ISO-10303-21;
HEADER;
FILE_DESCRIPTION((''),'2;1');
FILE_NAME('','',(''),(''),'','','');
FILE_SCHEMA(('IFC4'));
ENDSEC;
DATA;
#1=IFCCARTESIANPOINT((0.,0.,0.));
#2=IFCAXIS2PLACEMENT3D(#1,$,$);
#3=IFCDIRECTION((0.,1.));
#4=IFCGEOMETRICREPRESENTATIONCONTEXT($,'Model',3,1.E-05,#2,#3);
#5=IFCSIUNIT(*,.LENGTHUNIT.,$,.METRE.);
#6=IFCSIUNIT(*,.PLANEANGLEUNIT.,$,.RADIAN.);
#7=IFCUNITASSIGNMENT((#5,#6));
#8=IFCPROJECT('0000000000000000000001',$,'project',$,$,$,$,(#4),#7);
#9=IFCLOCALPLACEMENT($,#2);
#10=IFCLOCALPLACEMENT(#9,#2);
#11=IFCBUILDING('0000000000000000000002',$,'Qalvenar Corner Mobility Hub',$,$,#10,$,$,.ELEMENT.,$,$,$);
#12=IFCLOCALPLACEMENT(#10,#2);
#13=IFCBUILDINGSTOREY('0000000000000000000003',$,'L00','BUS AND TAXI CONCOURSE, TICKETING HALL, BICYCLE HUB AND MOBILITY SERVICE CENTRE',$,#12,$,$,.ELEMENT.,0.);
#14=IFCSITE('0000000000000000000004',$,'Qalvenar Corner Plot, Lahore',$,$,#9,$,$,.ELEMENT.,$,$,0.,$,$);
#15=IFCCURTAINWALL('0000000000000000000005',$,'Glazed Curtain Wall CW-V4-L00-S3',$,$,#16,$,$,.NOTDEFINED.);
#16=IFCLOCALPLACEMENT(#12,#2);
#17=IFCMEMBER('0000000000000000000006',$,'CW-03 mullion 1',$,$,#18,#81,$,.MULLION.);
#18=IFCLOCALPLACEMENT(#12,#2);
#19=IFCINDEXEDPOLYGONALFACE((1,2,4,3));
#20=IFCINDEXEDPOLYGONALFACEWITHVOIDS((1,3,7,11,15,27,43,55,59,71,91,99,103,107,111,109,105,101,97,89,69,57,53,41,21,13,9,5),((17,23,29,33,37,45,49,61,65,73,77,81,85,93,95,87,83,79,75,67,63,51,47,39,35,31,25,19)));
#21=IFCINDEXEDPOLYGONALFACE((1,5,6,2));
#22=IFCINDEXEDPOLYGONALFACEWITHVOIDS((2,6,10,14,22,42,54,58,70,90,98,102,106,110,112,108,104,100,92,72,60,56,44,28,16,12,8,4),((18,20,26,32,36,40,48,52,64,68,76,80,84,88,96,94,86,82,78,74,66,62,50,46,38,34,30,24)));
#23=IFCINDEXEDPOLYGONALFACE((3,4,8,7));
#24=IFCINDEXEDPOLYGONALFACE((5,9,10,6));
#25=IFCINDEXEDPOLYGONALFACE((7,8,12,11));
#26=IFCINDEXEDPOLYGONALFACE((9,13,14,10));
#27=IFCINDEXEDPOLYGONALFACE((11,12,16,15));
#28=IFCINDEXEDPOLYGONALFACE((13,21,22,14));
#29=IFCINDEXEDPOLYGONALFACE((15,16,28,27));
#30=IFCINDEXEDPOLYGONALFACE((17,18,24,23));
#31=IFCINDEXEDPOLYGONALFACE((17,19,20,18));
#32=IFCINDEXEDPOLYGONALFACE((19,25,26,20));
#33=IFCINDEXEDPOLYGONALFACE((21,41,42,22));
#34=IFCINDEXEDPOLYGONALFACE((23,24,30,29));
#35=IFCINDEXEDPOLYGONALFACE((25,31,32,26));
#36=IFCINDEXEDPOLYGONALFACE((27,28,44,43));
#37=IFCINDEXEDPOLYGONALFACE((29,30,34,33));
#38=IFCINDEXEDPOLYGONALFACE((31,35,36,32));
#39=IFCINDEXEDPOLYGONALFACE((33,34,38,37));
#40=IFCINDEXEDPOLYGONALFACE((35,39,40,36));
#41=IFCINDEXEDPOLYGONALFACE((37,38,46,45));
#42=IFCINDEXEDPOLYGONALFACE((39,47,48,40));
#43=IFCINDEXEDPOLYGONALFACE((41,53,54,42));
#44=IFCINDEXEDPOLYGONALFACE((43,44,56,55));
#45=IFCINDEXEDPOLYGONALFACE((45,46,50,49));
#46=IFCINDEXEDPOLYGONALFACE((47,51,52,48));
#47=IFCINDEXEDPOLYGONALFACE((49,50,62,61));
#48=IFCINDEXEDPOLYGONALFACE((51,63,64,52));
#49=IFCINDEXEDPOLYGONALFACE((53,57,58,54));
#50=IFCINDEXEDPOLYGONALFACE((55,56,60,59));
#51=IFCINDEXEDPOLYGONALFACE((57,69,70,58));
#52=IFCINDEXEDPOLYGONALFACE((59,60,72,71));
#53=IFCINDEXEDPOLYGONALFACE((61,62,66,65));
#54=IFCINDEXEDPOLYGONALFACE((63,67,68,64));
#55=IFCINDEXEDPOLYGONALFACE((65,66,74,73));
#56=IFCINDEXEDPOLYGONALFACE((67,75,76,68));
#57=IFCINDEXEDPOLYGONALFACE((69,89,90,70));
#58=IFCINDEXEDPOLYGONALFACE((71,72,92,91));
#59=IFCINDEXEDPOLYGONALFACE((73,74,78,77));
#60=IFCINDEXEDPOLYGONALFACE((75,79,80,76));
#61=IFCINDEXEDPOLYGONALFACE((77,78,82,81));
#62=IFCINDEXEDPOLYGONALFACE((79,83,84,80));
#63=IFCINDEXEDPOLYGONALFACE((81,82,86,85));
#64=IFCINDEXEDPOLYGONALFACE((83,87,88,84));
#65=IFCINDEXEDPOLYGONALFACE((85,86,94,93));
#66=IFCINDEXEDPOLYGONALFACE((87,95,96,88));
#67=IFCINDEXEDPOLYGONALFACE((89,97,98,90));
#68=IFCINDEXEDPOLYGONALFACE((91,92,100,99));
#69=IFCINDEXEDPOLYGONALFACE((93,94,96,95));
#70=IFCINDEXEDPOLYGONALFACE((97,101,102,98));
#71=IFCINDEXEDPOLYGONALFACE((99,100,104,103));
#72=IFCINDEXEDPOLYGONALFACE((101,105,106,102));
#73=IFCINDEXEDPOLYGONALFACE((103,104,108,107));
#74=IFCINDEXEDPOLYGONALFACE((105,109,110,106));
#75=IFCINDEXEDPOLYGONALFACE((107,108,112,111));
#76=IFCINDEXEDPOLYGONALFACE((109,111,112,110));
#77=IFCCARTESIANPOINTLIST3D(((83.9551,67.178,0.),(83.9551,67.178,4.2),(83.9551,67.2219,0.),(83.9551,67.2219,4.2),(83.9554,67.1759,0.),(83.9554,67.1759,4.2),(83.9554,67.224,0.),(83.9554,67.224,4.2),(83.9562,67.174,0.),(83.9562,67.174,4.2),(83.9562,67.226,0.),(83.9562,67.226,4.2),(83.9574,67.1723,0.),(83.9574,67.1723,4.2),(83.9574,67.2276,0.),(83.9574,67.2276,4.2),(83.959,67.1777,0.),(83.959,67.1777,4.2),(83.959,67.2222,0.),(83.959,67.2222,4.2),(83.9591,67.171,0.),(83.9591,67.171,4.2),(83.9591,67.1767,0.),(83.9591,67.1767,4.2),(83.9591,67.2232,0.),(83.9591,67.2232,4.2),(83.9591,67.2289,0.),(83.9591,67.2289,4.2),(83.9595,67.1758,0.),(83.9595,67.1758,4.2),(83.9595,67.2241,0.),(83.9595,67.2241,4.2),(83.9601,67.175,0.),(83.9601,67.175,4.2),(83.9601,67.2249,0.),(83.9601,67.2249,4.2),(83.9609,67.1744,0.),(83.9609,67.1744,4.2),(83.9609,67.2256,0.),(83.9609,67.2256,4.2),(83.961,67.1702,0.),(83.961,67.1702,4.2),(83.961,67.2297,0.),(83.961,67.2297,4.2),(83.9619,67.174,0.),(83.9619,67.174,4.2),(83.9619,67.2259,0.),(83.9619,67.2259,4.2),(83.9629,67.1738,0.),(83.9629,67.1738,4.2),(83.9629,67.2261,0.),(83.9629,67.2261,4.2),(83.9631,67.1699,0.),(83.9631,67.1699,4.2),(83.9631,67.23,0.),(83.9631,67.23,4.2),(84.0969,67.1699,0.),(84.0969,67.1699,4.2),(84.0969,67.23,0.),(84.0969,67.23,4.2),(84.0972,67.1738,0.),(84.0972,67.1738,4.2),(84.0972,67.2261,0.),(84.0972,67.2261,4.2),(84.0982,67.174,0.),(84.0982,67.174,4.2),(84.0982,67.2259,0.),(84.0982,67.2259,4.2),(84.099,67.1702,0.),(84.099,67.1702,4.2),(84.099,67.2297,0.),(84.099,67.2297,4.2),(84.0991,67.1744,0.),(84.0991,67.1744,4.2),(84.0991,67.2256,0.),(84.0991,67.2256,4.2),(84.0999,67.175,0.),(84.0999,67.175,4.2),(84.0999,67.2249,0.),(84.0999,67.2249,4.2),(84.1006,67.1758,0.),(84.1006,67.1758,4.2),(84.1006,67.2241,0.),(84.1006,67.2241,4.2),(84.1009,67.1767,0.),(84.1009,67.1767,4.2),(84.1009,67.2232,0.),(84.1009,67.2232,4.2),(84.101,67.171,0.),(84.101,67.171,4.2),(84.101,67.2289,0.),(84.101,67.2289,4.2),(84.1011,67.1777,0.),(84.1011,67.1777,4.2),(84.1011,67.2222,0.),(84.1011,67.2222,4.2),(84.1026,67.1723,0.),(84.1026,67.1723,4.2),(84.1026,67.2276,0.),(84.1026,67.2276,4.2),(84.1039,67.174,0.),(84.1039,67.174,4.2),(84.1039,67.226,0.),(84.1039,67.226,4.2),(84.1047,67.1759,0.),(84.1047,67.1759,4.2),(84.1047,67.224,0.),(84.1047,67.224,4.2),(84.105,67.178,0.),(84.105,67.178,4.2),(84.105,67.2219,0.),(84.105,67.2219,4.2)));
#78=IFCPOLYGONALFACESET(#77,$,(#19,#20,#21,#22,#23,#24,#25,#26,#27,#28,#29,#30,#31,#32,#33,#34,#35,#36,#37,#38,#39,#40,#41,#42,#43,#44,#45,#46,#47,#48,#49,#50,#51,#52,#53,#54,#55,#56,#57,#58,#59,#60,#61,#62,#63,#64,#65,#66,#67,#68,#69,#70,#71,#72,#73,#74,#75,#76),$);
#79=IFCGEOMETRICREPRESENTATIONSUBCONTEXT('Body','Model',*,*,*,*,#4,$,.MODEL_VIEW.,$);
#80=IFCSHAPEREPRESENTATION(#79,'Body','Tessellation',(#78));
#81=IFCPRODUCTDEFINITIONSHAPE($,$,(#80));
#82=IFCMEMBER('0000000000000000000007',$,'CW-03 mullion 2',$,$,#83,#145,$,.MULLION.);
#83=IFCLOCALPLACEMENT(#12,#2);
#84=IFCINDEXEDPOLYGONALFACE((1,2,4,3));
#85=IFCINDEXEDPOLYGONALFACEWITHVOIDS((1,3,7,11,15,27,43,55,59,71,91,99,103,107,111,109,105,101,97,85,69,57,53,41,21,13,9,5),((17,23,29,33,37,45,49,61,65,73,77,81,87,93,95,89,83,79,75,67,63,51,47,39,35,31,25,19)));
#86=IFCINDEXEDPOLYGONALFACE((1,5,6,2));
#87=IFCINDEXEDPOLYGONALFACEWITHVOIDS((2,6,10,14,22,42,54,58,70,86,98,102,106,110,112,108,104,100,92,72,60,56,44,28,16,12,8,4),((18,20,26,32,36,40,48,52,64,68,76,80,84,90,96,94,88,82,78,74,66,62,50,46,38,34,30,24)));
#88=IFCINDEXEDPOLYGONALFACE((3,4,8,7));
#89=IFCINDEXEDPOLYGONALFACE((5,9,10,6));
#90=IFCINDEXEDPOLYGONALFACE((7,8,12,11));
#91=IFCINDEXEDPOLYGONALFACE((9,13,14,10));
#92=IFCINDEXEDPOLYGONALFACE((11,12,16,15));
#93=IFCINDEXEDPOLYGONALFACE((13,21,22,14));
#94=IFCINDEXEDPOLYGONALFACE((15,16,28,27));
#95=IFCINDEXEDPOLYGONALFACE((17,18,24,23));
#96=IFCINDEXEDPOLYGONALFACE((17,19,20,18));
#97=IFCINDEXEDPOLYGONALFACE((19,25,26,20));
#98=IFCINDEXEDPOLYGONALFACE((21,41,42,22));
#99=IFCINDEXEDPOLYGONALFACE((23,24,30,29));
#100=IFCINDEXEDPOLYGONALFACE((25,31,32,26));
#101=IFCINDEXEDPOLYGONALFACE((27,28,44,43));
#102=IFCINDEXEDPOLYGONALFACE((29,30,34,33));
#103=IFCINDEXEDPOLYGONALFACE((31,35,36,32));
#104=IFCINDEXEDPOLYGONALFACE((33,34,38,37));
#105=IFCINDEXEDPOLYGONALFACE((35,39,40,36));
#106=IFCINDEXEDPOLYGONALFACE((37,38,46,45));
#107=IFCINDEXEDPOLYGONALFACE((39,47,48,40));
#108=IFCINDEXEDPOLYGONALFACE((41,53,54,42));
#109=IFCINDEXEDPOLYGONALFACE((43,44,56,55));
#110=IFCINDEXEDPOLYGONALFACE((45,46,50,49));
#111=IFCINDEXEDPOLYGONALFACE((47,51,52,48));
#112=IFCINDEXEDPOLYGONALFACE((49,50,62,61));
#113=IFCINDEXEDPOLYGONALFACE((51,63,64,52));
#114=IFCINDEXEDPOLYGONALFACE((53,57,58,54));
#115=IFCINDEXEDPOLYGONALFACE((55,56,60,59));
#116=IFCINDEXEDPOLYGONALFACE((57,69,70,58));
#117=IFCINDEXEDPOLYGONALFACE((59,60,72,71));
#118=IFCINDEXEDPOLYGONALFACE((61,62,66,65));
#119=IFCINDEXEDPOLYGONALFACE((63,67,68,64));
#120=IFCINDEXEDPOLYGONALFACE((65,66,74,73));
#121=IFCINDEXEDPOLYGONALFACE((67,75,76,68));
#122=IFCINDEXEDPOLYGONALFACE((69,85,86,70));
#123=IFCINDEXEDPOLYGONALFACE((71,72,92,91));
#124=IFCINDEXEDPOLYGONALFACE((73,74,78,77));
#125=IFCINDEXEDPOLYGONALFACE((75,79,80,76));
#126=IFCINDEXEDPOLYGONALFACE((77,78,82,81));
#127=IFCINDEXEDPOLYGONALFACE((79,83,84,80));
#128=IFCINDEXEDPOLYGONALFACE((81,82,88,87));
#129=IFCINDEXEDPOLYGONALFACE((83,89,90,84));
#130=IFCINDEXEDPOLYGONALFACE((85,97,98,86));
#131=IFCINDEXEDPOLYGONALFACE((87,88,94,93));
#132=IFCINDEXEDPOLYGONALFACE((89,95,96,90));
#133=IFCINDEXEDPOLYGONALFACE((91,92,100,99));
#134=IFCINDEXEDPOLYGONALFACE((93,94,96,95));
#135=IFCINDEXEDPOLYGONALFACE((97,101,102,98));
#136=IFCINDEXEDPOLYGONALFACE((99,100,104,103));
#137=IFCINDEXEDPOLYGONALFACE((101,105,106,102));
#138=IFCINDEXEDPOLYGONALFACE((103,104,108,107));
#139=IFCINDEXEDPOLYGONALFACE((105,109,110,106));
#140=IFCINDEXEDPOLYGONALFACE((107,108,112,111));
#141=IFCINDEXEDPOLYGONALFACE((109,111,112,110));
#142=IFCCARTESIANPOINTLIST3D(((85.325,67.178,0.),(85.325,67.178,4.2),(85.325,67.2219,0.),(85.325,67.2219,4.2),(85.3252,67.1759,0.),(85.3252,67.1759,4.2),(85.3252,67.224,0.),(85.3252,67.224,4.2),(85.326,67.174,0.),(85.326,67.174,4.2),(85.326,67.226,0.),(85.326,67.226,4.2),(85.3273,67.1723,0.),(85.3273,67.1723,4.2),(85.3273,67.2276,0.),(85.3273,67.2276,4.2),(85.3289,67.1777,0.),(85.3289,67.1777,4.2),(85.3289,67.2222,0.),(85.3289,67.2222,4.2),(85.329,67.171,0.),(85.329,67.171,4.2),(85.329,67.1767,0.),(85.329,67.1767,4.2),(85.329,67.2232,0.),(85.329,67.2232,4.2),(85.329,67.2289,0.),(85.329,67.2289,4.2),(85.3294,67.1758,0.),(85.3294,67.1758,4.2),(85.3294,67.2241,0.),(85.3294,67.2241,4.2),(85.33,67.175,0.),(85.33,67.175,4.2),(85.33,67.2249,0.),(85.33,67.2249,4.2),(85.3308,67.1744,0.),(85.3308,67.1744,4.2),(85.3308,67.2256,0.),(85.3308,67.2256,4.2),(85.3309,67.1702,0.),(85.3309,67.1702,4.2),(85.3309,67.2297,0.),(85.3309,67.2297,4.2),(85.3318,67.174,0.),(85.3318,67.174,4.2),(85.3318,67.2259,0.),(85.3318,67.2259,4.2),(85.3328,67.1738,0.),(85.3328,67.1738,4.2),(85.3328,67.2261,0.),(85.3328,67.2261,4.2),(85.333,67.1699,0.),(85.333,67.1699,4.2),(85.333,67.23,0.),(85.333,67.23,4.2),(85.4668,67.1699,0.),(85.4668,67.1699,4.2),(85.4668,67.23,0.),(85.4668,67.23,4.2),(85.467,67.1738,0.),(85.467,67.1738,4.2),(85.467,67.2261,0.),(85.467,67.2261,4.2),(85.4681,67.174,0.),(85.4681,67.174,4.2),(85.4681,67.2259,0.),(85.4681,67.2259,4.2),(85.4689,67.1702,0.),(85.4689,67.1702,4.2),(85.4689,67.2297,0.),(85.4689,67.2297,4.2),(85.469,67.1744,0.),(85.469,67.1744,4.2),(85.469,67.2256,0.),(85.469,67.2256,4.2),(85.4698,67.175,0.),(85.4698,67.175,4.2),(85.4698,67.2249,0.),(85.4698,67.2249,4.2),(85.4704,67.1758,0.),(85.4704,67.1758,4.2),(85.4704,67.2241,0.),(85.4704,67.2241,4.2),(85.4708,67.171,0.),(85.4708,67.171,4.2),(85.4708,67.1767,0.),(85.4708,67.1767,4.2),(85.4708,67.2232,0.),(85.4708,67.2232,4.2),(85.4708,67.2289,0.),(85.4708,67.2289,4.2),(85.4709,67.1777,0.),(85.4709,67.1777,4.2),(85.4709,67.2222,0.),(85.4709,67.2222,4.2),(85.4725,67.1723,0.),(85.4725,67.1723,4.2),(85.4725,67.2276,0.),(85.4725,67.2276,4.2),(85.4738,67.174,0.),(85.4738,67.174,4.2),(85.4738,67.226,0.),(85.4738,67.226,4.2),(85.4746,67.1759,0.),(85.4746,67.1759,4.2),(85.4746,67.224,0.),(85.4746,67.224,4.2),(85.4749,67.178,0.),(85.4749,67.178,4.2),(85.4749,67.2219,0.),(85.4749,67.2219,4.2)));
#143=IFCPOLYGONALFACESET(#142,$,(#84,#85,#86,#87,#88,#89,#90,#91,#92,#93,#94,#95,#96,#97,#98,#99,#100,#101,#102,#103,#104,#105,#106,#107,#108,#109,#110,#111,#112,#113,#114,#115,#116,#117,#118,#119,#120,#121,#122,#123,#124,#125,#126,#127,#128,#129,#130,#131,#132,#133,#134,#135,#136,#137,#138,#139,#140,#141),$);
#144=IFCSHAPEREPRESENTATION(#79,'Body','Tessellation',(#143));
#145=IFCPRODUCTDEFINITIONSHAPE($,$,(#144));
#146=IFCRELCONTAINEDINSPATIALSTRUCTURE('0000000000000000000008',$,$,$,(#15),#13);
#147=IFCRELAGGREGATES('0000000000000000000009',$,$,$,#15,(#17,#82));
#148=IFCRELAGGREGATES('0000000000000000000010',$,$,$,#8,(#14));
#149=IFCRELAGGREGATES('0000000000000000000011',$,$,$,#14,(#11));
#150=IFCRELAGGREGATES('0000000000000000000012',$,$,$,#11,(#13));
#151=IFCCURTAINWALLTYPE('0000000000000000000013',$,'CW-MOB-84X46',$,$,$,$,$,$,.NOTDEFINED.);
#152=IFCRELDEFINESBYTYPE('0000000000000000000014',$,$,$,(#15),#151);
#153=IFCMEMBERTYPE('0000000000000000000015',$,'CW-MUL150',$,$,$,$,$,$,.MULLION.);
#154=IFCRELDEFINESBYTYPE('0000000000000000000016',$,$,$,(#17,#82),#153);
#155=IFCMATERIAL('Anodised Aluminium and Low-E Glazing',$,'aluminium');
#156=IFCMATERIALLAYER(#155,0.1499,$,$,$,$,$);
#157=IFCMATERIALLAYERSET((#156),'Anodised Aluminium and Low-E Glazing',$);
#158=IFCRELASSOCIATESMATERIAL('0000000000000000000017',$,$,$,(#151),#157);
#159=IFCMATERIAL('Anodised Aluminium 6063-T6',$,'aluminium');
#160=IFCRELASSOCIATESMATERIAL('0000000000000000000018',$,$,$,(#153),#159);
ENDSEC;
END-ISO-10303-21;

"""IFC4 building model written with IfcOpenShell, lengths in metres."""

from ifc_helpers import new_model, si_unit, direction, frame, origin, origin_2d, place, context, subcontext, project, spatial, hollow_rectangle, extrude, material, layer, layer_set, material_profile, profile_set, type_object, element, aggregate, save


model = new_model("IFC4")

# Units and contexts
model_context = context("Model", 3, precision=1e-05, world=origin(), true_north=direction((0.0, 1.0)))
body_context = subcontext(model_context, "Body", "Model", "MODEL_VIEW")
ifc_project = project(units=[si_unit("LENGTHUNIT", "METRE"), si_unit("PLANEANGLEUNIT", "RADIAN")], contexts=[model_context])

# Site, building, storey
site_placement = place(None, origin())
site = spatial("IfcSite", under=ifc_project, at=site_placement, Name="Qalvenar Corner Plot, Lahore", CompositionType="ELEMENT", RefElevation=0.0)
building_placement = place(site_placement, origin())
building = spatial("IfcBuilding", under=site, at=building_placement, Name="Qalvenar Corner Mobility Hub", CompositionType="ELEMENT")
storey_placement = place(building_placement, origin())
storey = spatial("IfcBuildingStorey", under=building, at=storey_placement, Name="L00", Description="BUS AND TAXI CONCOURSE, TICKETING HALL, BICYCLE HUB AND MOBILITY SERVICE CENTRE", CompositionType="ELEMENT", Elevation=0.0)

# Curtain wall, members
ifc_material_1 = material(Name="Anodised Aluminium and Low-E Glazing", Category="aluminium")
ifc_layer_1 = layer(ifc_material_1, 0.1499)
ifc_layer_set_1 = layer_set([ifc_layer_1], Name="Anodised Aluminium and Low-E Glazing")
curtain_wall_type = type_object("IfcCurtainWallType", Name="CW-MOB-84X46", PredefinedType="NOTDEFINED", material=ifc_layer_set_1)
ifc_material_2 = material(Name="Anodised Aluminium 6063-T6", Category="aluminium")
ifc_material_profile_1 = material_profile(ifc_material_2, hollow_rectangle(XDim=0.0601, YDim=0.1499, WallThickness=0.0039, InnerFilletRadius=0.0039, OuterFilletRadius=0.0081, at=origin_2d()), Name="RHS150x60x4")
ifc_profile_set_1 = profile_set([ifc_material_profile_1], Name="Anodised Aluminium 6063-T6")
member_type_1 = type_object("IfcMemberType", Name="CW-MUL150", PredefinedType="MULLION", material=ifc_profile_set_1)
curtain_wall_1_placement = place(storey_placement, origin())
curtain_wall_1 = element("IfcCurtainWall", 1, at=curtain_wall_1_placement, inside=storey, type_object=curtain_wall_type, Name="Glazed Curtain Wall CW-V4-L00-S3", PredefinedType="NOTDEFINED")
member_1_placement = place(storey_placement, frame((84.03, 67.2, 0.0), z_axis=(0.0, 0.0, 1.0), x_axis=(0.0, 1.0, 0.0)))
member_1 = element("IfcMember", 2, at=member_1_placement, type_object=member_type_1, Name="CW-03 mullion 1", PredefinedType="MULLION", context=body_context, shape_type="SweptSolid", body=[
    extrude(hollow_rectangle(XDim=0.0601, YDim=0.1499, WallThickness=0.0039, InnerFilletRadius=0.0039, OuterFilletRadius=0.0081, at=origin_2d()), origin(), (0.0, 0.0, 1.0), 4.2),
])
member_2_placement = place(storey_placement, frame((85.3999, 67.2, 0.0), z_axis=(0.0, 0.0, 1.0), x_axis=(0.0, 1.0, 0.0)))
member_2 = element("IfcMember", 3, at=member_2_placement, type_object=member_type_1, Name="CW-03 mullion 2", PredefinedType="MULLION", context=body_context, shape_type="SweptSolid", body=[
    extrude(hollow_rectangle(XDim=0.0601, YDim=0.1499, WallThickness=0.0039, InnerFilletRadius=0.0039, OuterFilletRadius=0.0081, at=origin_2d()), origin(), (0.0, 0.0, 1.0), 4.2),
])

aggregate(curtain_wall_1, [member_1, member_2])

save(model, "model.ifc")
